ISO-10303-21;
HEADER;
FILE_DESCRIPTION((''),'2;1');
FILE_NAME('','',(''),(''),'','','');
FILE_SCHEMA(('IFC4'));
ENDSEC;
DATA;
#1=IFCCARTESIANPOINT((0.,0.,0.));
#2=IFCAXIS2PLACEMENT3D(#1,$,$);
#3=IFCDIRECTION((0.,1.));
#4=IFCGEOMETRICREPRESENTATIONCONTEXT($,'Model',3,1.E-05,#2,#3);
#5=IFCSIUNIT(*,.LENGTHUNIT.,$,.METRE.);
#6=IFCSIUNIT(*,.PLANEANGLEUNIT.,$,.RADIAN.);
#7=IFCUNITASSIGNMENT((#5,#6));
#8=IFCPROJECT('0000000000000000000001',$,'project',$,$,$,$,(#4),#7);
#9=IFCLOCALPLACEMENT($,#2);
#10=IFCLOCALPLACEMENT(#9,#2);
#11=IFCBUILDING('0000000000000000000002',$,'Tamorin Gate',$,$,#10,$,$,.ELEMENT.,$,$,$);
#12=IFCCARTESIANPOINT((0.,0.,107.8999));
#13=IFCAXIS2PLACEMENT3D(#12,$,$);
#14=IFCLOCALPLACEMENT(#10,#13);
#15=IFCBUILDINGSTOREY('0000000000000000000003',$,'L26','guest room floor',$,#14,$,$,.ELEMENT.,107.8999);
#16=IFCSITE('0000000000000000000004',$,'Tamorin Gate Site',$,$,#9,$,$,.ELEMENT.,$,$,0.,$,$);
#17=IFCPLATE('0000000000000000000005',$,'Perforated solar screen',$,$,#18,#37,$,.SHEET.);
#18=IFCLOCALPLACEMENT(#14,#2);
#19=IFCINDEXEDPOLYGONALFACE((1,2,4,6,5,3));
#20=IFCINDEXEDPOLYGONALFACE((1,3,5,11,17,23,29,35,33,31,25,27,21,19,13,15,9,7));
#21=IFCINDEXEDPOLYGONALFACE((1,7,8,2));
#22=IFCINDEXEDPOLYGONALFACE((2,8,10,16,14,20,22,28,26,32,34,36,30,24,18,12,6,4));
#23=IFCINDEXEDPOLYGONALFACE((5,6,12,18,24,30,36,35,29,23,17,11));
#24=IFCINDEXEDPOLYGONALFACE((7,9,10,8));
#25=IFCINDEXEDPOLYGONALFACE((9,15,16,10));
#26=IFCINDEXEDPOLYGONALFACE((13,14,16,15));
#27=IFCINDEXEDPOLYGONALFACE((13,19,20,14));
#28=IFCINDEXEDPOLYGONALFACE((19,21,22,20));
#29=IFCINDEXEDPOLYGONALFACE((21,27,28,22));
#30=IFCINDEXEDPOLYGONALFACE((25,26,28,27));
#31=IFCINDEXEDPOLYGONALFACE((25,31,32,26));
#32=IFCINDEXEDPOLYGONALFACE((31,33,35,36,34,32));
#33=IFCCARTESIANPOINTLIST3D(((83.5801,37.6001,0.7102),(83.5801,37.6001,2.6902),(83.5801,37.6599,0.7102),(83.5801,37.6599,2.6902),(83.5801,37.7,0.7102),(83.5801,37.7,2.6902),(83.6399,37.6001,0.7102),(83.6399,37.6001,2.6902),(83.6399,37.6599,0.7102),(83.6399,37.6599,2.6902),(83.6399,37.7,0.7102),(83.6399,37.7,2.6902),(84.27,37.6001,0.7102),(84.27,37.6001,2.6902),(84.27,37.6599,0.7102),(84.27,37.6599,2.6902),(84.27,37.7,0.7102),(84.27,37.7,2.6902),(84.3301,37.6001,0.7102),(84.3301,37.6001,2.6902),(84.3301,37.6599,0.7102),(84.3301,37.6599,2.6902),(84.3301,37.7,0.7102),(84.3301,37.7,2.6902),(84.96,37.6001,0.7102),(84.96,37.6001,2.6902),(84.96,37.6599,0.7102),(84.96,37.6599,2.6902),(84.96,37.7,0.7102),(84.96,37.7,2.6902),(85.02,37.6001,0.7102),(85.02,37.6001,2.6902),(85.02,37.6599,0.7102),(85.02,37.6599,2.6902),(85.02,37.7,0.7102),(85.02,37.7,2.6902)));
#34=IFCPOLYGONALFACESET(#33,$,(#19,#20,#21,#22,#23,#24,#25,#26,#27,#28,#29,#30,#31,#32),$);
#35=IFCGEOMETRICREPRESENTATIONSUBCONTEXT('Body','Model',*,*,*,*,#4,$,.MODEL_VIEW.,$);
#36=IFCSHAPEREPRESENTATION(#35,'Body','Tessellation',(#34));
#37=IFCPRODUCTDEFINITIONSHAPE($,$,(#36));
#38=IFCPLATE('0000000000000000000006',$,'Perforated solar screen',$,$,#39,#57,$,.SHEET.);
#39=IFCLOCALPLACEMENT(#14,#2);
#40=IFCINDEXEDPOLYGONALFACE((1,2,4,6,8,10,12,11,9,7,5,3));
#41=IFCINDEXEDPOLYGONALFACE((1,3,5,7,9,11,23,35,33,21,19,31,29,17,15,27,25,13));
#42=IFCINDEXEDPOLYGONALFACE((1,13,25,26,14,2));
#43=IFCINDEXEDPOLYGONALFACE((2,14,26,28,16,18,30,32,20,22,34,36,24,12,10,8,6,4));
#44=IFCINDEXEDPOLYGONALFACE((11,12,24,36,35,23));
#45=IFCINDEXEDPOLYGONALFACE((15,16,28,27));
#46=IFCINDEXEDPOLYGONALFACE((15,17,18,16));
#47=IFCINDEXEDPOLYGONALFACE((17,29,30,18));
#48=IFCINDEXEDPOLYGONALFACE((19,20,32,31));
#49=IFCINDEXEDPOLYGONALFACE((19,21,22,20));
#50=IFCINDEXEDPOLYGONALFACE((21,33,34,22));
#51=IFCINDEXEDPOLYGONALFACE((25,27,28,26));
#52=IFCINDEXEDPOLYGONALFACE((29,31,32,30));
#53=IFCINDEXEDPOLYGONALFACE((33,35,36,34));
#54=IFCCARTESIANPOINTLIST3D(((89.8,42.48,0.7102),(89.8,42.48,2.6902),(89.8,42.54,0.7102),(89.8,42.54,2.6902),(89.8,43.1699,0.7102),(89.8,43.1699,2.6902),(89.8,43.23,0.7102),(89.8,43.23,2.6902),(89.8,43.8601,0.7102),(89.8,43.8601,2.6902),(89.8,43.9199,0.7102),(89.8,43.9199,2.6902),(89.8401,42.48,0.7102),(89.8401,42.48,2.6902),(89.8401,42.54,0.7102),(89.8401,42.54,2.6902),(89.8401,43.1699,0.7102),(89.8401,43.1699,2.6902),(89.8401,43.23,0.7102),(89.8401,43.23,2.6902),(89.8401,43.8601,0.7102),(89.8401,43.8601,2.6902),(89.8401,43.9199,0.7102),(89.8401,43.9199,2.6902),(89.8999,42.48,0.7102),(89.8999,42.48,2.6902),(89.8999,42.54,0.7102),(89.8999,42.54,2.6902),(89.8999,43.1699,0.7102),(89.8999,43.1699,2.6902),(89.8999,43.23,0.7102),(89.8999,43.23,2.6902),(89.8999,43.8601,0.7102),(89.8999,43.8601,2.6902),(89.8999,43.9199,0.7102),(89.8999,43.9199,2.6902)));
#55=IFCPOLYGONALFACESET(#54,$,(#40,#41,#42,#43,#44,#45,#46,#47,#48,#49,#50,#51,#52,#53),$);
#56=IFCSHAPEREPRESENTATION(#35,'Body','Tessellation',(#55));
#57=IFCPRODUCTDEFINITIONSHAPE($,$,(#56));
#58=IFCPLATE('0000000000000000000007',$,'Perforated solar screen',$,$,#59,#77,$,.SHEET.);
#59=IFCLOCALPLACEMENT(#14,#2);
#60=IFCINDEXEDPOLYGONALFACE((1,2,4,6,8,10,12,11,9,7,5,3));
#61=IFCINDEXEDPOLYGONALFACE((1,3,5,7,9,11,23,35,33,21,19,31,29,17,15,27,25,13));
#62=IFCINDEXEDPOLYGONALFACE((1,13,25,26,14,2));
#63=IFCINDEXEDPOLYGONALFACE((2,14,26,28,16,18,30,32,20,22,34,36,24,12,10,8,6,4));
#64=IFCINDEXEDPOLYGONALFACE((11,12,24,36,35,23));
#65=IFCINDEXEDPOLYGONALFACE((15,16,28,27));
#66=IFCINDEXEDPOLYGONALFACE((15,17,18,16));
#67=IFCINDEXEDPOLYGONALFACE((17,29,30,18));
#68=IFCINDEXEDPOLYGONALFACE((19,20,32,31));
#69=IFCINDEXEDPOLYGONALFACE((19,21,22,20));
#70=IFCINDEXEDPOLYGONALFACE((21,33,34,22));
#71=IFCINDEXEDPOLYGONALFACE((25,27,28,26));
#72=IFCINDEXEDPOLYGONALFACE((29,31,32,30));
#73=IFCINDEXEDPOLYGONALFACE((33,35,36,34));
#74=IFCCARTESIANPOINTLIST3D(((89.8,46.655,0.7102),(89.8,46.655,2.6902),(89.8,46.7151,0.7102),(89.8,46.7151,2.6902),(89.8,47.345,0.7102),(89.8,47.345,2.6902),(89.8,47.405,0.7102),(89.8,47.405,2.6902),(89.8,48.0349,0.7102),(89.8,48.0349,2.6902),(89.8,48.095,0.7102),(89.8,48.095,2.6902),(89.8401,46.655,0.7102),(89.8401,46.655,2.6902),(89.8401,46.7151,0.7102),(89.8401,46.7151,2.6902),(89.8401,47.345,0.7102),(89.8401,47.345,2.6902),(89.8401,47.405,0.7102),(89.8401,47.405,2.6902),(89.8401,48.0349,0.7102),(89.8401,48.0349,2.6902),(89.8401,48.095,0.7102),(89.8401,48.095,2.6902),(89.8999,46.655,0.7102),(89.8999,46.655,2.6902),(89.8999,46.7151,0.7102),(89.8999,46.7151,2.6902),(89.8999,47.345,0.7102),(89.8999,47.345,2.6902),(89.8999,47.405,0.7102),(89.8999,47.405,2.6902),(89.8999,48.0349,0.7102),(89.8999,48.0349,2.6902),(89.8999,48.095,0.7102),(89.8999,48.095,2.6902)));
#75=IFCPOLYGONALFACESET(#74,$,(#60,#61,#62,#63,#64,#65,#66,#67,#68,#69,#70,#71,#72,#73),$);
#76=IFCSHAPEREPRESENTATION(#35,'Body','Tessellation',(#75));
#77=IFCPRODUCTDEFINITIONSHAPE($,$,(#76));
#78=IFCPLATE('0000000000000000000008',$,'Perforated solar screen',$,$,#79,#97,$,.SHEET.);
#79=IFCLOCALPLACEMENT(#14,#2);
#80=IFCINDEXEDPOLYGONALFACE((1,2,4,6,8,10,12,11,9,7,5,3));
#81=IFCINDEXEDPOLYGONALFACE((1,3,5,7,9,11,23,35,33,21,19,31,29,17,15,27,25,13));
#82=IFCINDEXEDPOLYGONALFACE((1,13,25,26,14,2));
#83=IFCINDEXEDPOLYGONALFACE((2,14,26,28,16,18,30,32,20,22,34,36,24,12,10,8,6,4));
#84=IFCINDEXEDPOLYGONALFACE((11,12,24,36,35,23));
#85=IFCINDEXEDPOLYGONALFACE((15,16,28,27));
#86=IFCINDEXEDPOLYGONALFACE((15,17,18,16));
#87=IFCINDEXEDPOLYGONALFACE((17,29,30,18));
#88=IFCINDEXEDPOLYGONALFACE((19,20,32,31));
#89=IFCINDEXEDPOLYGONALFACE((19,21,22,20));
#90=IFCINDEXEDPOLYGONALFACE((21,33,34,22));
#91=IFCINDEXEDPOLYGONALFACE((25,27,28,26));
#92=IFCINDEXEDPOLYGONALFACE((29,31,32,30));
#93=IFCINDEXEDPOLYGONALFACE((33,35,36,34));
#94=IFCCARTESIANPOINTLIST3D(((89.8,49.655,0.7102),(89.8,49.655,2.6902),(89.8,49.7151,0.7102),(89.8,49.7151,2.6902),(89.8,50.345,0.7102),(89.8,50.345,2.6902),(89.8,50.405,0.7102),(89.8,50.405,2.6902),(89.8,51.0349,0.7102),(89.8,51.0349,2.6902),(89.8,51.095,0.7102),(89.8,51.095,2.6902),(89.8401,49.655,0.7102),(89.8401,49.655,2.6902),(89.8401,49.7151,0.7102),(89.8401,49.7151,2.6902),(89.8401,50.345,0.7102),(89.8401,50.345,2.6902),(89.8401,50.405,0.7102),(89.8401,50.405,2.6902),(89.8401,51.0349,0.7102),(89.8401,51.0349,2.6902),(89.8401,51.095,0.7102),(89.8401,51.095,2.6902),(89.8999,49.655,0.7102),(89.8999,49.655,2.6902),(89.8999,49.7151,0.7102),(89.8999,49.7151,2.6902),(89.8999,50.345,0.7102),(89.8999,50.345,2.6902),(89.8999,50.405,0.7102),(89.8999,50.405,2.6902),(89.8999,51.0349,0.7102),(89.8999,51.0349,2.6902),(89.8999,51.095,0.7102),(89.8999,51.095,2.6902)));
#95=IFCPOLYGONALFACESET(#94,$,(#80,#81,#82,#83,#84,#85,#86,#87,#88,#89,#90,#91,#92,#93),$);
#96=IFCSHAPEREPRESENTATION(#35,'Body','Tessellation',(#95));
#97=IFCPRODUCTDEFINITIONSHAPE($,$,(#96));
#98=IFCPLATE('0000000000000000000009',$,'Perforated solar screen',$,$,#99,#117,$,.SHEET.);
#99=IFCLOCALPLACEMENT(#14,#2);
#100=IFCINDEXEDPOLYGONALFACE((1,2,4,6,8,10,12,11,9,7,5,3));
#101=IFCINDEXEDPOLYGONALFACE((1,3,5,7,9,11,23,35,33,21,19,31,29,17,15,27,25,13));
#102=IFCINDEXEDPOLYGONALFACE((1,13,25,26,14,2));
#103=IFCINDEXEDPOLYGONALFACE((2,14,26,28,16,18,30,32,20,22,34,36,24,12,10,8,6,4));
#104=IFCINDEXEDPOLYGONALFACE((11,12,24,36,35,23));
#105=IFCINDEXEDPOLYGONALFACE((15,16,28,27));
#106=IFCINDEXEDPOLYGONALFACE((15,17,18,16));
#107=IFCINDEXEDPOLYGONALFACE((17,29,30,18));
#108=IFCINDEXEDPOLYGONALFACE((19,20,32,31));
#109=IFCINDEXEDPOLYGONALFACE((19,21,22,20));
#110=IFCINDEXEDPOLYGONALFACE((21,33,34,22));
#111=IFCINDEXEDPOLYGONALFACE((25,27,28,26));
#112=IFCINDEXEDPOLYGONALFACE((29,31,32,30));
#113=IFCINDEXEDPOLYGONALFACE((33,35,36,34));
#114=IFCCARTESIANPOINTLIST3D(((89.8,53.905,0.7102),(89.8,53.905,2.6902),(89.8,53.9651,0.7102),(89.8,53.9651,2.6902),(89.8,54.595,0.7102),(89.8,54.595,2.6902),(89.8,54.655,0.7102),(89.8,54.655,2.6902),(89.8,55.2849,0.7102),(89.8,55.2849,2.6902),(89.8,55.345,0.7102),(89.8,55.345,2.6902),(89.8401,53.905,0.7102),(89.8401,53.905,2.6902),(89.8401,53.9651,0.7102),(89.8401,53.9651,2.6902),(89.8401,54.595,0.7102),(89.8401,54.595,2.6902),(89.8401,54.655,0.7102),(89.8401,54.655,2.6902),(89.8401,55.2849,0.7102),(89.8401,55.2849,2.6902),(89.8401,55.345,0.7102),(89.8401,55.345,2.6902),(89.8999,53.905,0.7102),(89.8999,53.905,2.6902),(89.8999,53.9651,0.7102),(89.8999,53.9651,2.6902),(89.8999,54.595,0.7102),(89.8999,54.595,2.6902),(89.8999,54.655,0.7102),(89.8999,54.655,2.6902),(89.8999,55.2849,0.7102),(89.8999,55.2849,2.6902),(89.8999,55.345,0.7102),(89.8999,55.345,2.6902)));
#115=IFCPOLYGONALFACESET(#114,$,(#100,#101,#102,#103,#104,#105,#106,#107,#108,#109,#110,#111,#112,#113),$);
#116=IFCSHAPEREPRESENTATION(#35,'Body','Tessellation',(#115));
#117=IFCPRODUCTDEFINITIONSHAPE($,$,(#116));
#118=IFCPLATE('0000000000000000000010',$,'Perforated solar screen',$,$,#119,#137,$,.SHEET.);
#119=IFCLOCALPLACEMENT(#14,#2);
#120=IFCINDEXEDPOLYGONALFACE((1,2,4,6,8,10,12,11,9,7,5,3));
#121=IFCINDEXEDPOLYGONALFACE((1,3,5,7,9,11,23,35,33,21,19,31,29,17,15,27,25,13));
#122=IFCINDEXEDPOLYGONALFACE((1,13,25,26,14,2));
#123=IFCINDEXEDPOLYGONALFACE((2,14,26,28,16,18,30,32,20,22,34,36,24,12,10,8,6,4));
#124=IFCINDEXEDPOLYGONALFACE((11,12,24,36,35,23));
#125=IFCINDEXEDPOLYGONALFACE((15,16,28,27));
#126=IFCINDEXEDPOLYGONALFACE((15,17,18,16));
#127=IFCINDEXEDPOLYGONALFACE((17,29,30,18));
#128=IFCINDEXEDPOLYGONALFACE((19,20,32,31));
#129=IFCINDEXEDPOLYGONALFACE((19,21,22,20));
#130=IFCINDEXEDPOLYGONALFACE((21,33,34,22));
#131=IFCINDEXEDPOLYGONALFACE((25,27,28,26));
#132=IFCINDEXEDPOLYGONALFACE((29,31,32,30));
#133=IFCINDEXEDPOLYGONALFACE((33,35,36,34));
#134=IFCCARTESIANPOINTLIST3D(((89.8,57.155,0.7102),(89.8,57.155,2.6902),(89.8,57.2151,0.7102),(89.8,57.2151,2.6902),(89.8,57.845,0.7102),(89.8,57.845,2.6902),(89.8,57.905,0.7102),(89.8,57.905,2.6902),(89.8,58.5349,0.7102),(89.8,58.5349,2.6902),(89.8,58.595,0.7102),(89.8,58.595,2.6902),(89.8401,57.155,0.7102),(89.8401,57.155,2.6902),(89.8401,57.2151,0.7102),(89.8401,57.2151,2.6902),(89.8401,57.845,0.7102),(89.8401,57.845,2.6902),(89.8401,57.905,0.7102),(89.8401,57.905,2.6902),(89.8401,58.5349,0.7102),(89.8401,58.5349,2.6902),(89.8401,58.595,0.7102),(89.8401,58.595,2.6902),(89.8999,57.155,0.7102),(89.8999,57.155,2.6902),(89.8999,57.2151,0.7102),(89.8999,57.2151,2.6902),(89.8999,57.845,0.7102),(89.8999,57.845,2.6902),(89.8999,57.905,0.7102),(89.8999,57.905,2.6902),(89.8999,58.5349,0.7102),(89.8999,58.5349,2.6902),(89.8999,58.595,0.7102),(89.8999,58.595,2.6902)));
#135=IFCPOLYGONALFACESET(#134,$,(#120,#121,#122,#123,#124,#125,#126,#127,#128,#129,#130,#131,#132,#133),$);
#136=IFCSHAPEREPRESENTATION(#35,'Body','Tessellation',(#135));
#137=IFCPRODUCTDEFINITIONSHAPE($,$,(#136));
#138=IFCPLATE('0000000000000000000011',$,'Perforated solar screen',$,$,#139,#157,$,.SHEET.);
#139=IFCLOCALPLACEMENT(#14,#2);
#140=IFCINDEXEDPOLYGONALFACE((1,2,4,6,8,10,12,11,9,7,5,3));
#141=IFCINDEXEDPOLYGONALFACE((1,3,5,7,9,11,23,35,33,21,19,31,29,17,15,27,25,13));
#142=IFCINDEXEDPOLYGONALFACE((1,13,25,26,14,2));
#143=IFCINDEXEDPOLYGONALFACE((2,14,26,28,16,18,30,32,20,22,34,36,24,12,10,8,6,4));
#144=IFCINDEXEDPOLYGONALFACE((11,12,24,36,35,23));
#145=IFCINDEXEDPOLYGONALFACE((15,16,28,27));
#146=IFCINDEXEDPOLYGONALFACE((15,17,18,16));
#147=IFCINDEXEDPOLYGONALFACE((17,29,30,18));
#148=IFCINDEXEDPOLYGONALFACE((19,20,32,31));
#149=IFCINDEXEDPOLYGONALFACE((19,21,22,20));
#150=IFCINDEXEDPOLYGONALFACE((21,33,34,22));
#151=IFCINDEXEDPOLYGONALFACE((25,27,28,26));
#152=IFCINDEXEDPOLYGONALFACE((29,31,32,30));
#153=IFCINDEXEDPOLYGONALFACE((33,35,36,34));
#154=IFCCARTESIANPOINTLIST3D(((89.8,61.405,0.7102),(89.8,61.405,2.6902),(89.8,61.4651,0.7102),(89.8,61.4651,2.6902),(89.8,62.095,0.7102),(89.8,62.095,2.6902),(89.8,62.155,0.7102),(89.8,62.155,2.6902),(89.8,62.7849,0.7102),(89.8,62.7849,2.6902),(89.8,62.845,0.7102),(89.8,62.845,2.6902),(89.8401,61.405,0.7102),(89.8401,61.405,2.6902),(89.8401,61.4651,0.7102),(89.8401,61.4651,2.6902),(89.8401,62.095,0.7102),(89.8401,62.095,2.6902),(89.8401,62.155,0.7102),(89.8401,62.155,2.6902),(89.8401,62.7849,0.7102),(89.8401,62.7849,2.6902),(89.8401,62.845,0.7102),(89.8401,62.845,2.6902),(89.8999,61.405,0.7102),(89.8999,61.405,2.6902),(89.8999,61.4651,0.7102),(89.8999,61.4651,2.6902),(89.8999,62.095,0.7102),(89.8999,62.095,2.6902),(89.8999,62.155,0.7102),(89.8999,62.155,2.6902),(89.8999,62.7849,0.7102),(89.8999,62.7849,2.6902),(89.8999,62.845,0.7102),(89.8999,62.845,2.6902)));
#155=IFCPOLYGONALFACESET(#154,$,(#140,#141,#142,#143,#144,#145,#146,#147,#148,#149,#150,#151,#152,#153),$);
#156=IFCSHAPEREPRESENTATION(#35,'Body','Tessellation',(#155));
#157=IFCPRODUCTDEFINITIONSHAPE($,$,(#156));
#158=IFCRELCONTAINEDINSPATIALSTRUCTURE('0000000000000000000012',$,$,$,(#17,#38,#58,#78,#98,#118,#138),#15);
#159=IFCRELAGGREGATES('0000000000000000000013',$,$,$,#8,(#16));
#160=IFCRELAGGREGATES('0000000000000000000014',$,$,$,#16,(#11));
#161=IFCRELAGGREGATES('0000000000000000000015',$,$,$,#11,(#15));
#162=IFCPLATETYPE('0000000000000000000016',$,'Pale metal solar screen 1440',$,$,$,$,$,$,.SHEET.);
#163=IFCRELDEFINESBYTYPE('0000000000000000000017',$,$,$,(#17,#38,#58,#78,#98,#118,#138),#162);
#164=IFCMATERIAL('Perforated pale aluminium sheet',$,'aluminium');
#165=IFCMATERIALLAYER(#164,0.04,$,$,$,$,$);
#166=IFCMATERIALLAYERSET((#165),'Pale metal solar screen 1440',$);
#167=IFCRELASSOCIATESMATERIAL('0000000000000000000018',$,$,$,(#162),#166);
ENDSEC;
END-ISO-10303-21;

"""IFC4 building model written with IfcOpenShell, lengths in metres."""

from ifc_helpers import new_model, si_unit, direction, frame, origin, place, context, subcontext, project, spatial, polyline, outline, extrude, material, layer, layer_set, type_object, element, save


model = new_model("IFC4")

# Units and contexts
model_context = context("Model", 3, precision=1e-05, world=origin(), true_north=direction((0.0, 1.0)))
body_context = subcontext(model_context, "Body", "Model", "MODEL_VIEW")
ifc_project = project(units=[si_unit("LENGTHUNIT", "METRE"), si_unit("PLANEANGLEUNIT", "RADIAN")], contexts=[model_context])

# Site, building, storey
site_placement = place(None, origin())
site = spatial("IfcSite", under=ifc_project, at=site_placement, Name="Tamorin Gate Site", CompositionType="ELEMENT", RefElevation=0.0)
building_placement = place(site_placement, origin())
building = spatial("IfcBuilding", under=site, at=building_placement, Name="Tamorin Gate", CompositionType="ELEMENT")
storey_placement = place(building_placement, frame((0.0, 0.0, 107.8999)))
storey = spatial("IfcBuildingStorey", under=building, at=storey_placement, Name="L26", Description="guest room floor", CompositionType="ELEMENT", Elevation=107.8999)

# Plates
ifc_material_1 = material(Name="Perforated pale aluminium sheet", Category="aluminium")
ifc_layer_1 = layer(ifc_material_1, 0.04)
ifc_layer_set_1 = layer_set([ifc_layer_1], Name="Pale metal solar screen 1440")
plate_type = type_object("IfcPlateType", Name="Pale metal solar screen 1440", PredefinedType="SHEET", material=ifc_layer_set_1)
plate_1_placement = place(storey_placement, frame((0.0, 0.0, 0.7102)))
element("IfcPlate", 1, at=plate_1_placement, inside=storey, type_object=plate_type, Name="Perforated solar screen", PredefinedType="SHEET", context=body_context, shape_type="SweptSolid", body=[
    extrude(outline(polyline([(83.5801, 37.6599), (83.5801, 37.7), (83.6399, 37.7), (84.27, 37.7), (84.3301, 37.7), (84.96, 37.7), (85.02, 37.7), (85.02, 37.6599), (85.02, 37.6001), (84.96, 37.6001), (84.96, 37.6599), (84.3301, 37.6599), (84.3301, 37.6001), (84.27, 37.6001), (84.27, 37.6599), (83.6399, 37.6599), (83.6399, 37.6001), (83.5801, 37.6001), (83.5801, 37.6599)])), origin(), (0.0, 0.0, 1.0), 1.98),
])
plate_2_placement = place(storey_placement, frame((0.0, 0.0, 0.7102)))
element("IfcPlate", 2, at=plate_2_placement, inside=storey, type_object=plate_type, Name="Perforated solar screen", PredefinedType="SHEET", context=body_context, shape_type="SweptSolid", body=[
    extrude(outline(polyline([(89.8401, 42.48), (89.8, 42.48), (89.8, 42.54), (89.8, 43.1699), (89.8, 43.23), (89.8, 43.8601), (89.8, 43.9199), (89.8401, 43.9199), (89.8999, 43.9199), (89.8999, 43.8601), (89.8401, 43.8601), (89.8401, 43.23), (89.8999, 43.23), (89.8999, 43.1699), (89.8401, 43.1699), (89.8401, 42.54), (89.8999, 42.54), (89.8999, 42.48), (89.8401, 42.48)])), origin(), (0.0, 0.0, 1.0), 1.98),
])
plate_3_placement = place(storey_placement, frame((0.0, 0.0, 0.7102)))
element("IfcPlate", 3, at=plate_3_placement, inside=storey, type_object=plate_type, Name="Perforated solar screen", PredefinedType="SHEET", context=body_context, shape_type="SweptSolid", body=[
    extrude(outline(polyline([(89.8401, 46.655), (89.8, 46.655), (89.8, 46.7151), (89.8, 47.345), (89.8, 47.405), (89.8, 48.0349), (89.8, 48.095), (89.8, 48.095), (89.8401, 48.095), (89.8401, 48.095), (89.8999, 48.095), (89.8999, 48.0349), (89.8401, 48.0349), (89.8401, 47.405), (89.8999, 47.405), (89.8999, 47.345), (89.8401, 47.345), (89.8401, 46.7151), (89.8999, 46.7151), (89.8999, 46.655), (89.8401, 46.655)])), origin(), (0.0, 0.0, 1.0), 1.98),
])
plate_4_placement = place(storey_placement, frame((0.0, 0.0, 0.7102)))
element("IfcPlate", 4, at=plate_4_placement, inside=storey, type_object=plate_type, Name="Perforated solar screen", PredefinedType="SHEET", context=body_context, shape_type="SweptSolid", body=[
    extrude(outline(polyline([(89.8401, 49.655), (89.8, 49.655), (89.8, 49.7151), (89.8, 50.345), (89.8, 50.405), (89.8, 51.0349), (89.8, 51.095), (89.8401, 51.095), (89.8999, 51.095), (89.8999, 51.0349), (89.8401, 51.0349), (89.8401, 50.405), (89.8999, 50.405), (89.8999, 50.345), (89.8401, 50.345), (89.8401, 49.7151), (89.8999, 49.7151), (89.8999, 49.655), (89.8401, 49.655)])), origin(), (0.0, 0.0, 1.0), 1.98),
])
plate_5_placement = place(storey_placement, frame((0.0, 0.0, 0.7102)))
element("IfcPlate", 5, at=plate_5_placement, inside=storey, type_object=plate_type, Name="Perforated solar screen", PredefinedType="SHEET", context=body_context, shape_type="SweptSolid", body=[
    extrude(outline(polyline([(89.8401, 53.905), (89.8, 53.905), (89.8, 53.9651), (89.8, 54.595), (89.8, 54.655), (89.8, 55.2849), (89.8, 55.345), (89.8401, 55.345), (89.8999, 55.345), (89.8999, 55.2849), (89.8401, 55.2849), (89.8401, 54.655), (89.8999, 54.655), (89.8999, 54.595), (89.8401, 54.595), (89.8401, 53.9651), (89.8999, 53.9651), (89.8999, 53.905), (89.8401, 53.905)])), origin(), (0.0, 0.0, 1.0), 1.98),
])
plate_6_placement = place(storey_placement, frame((0.0, 0.0, 0.7102)))
element("IfcPlate", 6, at=plate_6_placement, inside=storey, type_object=plate_type, Name="Perforated solar screen", PredefinedType="SHEET", context=body_context, shape_type="SweptSolid", body=[
    extrude(outline(polyline([(89.8401, 57.155), (89.8, 57.155), (89.8, 57.2151), (89.8, 57.845), (89.8, 57.905), (89.8, 58.5349), (89.8, 58.595), (89.8401, 58.595), (89.8999, 58.595), (89.8999, 58.5349), (89.8401, 58.5349), (89.8401, 57.905), (89.8999, 57.905), (89.8999, 57.845), (89.8401, 57.845), (89.8401, 57.2151), (89.8999, 57.2151), (89.8999, 57.155), (89.8401, 57.155)])), origin(), (0.0, 0.0, 1.0), 1.98),
])
plate_7_placement = place(storey_placement, frame((0.0, 0.0, 0.7102)))
element("IfcPlate", 7, at=plate_7_placement, inside=storey, type_object=plate_type, Name="Perforated solar screen", PredefinedType="SHEET", context=body_context, shape_type="SweptSolid", body=[
    extrude(outline(polyline([(89.8401, 61.405), (89.8, 61.405), (89.8, 61.4651), (89.8, 62.095), (89.8, 62.155), (89.8, 62.7849), (89.8, 62.845), (89.8401, 62.845), (89.8999, 62.845), (89.8999, 62.7849), (89.8401, 62.7849), (89.8401, 62.155), (89.8999, 62.155), (89.8999, 62.095), (89.8401, 62.095), (89.8401, 61.4651), (89.8999, 61.4651), (89.8999, 61.405), (89.8401, 61.405)])), origin(), (0.0, 0.0, 1.0), 1.98),
])

save(model, "model.ifc")
